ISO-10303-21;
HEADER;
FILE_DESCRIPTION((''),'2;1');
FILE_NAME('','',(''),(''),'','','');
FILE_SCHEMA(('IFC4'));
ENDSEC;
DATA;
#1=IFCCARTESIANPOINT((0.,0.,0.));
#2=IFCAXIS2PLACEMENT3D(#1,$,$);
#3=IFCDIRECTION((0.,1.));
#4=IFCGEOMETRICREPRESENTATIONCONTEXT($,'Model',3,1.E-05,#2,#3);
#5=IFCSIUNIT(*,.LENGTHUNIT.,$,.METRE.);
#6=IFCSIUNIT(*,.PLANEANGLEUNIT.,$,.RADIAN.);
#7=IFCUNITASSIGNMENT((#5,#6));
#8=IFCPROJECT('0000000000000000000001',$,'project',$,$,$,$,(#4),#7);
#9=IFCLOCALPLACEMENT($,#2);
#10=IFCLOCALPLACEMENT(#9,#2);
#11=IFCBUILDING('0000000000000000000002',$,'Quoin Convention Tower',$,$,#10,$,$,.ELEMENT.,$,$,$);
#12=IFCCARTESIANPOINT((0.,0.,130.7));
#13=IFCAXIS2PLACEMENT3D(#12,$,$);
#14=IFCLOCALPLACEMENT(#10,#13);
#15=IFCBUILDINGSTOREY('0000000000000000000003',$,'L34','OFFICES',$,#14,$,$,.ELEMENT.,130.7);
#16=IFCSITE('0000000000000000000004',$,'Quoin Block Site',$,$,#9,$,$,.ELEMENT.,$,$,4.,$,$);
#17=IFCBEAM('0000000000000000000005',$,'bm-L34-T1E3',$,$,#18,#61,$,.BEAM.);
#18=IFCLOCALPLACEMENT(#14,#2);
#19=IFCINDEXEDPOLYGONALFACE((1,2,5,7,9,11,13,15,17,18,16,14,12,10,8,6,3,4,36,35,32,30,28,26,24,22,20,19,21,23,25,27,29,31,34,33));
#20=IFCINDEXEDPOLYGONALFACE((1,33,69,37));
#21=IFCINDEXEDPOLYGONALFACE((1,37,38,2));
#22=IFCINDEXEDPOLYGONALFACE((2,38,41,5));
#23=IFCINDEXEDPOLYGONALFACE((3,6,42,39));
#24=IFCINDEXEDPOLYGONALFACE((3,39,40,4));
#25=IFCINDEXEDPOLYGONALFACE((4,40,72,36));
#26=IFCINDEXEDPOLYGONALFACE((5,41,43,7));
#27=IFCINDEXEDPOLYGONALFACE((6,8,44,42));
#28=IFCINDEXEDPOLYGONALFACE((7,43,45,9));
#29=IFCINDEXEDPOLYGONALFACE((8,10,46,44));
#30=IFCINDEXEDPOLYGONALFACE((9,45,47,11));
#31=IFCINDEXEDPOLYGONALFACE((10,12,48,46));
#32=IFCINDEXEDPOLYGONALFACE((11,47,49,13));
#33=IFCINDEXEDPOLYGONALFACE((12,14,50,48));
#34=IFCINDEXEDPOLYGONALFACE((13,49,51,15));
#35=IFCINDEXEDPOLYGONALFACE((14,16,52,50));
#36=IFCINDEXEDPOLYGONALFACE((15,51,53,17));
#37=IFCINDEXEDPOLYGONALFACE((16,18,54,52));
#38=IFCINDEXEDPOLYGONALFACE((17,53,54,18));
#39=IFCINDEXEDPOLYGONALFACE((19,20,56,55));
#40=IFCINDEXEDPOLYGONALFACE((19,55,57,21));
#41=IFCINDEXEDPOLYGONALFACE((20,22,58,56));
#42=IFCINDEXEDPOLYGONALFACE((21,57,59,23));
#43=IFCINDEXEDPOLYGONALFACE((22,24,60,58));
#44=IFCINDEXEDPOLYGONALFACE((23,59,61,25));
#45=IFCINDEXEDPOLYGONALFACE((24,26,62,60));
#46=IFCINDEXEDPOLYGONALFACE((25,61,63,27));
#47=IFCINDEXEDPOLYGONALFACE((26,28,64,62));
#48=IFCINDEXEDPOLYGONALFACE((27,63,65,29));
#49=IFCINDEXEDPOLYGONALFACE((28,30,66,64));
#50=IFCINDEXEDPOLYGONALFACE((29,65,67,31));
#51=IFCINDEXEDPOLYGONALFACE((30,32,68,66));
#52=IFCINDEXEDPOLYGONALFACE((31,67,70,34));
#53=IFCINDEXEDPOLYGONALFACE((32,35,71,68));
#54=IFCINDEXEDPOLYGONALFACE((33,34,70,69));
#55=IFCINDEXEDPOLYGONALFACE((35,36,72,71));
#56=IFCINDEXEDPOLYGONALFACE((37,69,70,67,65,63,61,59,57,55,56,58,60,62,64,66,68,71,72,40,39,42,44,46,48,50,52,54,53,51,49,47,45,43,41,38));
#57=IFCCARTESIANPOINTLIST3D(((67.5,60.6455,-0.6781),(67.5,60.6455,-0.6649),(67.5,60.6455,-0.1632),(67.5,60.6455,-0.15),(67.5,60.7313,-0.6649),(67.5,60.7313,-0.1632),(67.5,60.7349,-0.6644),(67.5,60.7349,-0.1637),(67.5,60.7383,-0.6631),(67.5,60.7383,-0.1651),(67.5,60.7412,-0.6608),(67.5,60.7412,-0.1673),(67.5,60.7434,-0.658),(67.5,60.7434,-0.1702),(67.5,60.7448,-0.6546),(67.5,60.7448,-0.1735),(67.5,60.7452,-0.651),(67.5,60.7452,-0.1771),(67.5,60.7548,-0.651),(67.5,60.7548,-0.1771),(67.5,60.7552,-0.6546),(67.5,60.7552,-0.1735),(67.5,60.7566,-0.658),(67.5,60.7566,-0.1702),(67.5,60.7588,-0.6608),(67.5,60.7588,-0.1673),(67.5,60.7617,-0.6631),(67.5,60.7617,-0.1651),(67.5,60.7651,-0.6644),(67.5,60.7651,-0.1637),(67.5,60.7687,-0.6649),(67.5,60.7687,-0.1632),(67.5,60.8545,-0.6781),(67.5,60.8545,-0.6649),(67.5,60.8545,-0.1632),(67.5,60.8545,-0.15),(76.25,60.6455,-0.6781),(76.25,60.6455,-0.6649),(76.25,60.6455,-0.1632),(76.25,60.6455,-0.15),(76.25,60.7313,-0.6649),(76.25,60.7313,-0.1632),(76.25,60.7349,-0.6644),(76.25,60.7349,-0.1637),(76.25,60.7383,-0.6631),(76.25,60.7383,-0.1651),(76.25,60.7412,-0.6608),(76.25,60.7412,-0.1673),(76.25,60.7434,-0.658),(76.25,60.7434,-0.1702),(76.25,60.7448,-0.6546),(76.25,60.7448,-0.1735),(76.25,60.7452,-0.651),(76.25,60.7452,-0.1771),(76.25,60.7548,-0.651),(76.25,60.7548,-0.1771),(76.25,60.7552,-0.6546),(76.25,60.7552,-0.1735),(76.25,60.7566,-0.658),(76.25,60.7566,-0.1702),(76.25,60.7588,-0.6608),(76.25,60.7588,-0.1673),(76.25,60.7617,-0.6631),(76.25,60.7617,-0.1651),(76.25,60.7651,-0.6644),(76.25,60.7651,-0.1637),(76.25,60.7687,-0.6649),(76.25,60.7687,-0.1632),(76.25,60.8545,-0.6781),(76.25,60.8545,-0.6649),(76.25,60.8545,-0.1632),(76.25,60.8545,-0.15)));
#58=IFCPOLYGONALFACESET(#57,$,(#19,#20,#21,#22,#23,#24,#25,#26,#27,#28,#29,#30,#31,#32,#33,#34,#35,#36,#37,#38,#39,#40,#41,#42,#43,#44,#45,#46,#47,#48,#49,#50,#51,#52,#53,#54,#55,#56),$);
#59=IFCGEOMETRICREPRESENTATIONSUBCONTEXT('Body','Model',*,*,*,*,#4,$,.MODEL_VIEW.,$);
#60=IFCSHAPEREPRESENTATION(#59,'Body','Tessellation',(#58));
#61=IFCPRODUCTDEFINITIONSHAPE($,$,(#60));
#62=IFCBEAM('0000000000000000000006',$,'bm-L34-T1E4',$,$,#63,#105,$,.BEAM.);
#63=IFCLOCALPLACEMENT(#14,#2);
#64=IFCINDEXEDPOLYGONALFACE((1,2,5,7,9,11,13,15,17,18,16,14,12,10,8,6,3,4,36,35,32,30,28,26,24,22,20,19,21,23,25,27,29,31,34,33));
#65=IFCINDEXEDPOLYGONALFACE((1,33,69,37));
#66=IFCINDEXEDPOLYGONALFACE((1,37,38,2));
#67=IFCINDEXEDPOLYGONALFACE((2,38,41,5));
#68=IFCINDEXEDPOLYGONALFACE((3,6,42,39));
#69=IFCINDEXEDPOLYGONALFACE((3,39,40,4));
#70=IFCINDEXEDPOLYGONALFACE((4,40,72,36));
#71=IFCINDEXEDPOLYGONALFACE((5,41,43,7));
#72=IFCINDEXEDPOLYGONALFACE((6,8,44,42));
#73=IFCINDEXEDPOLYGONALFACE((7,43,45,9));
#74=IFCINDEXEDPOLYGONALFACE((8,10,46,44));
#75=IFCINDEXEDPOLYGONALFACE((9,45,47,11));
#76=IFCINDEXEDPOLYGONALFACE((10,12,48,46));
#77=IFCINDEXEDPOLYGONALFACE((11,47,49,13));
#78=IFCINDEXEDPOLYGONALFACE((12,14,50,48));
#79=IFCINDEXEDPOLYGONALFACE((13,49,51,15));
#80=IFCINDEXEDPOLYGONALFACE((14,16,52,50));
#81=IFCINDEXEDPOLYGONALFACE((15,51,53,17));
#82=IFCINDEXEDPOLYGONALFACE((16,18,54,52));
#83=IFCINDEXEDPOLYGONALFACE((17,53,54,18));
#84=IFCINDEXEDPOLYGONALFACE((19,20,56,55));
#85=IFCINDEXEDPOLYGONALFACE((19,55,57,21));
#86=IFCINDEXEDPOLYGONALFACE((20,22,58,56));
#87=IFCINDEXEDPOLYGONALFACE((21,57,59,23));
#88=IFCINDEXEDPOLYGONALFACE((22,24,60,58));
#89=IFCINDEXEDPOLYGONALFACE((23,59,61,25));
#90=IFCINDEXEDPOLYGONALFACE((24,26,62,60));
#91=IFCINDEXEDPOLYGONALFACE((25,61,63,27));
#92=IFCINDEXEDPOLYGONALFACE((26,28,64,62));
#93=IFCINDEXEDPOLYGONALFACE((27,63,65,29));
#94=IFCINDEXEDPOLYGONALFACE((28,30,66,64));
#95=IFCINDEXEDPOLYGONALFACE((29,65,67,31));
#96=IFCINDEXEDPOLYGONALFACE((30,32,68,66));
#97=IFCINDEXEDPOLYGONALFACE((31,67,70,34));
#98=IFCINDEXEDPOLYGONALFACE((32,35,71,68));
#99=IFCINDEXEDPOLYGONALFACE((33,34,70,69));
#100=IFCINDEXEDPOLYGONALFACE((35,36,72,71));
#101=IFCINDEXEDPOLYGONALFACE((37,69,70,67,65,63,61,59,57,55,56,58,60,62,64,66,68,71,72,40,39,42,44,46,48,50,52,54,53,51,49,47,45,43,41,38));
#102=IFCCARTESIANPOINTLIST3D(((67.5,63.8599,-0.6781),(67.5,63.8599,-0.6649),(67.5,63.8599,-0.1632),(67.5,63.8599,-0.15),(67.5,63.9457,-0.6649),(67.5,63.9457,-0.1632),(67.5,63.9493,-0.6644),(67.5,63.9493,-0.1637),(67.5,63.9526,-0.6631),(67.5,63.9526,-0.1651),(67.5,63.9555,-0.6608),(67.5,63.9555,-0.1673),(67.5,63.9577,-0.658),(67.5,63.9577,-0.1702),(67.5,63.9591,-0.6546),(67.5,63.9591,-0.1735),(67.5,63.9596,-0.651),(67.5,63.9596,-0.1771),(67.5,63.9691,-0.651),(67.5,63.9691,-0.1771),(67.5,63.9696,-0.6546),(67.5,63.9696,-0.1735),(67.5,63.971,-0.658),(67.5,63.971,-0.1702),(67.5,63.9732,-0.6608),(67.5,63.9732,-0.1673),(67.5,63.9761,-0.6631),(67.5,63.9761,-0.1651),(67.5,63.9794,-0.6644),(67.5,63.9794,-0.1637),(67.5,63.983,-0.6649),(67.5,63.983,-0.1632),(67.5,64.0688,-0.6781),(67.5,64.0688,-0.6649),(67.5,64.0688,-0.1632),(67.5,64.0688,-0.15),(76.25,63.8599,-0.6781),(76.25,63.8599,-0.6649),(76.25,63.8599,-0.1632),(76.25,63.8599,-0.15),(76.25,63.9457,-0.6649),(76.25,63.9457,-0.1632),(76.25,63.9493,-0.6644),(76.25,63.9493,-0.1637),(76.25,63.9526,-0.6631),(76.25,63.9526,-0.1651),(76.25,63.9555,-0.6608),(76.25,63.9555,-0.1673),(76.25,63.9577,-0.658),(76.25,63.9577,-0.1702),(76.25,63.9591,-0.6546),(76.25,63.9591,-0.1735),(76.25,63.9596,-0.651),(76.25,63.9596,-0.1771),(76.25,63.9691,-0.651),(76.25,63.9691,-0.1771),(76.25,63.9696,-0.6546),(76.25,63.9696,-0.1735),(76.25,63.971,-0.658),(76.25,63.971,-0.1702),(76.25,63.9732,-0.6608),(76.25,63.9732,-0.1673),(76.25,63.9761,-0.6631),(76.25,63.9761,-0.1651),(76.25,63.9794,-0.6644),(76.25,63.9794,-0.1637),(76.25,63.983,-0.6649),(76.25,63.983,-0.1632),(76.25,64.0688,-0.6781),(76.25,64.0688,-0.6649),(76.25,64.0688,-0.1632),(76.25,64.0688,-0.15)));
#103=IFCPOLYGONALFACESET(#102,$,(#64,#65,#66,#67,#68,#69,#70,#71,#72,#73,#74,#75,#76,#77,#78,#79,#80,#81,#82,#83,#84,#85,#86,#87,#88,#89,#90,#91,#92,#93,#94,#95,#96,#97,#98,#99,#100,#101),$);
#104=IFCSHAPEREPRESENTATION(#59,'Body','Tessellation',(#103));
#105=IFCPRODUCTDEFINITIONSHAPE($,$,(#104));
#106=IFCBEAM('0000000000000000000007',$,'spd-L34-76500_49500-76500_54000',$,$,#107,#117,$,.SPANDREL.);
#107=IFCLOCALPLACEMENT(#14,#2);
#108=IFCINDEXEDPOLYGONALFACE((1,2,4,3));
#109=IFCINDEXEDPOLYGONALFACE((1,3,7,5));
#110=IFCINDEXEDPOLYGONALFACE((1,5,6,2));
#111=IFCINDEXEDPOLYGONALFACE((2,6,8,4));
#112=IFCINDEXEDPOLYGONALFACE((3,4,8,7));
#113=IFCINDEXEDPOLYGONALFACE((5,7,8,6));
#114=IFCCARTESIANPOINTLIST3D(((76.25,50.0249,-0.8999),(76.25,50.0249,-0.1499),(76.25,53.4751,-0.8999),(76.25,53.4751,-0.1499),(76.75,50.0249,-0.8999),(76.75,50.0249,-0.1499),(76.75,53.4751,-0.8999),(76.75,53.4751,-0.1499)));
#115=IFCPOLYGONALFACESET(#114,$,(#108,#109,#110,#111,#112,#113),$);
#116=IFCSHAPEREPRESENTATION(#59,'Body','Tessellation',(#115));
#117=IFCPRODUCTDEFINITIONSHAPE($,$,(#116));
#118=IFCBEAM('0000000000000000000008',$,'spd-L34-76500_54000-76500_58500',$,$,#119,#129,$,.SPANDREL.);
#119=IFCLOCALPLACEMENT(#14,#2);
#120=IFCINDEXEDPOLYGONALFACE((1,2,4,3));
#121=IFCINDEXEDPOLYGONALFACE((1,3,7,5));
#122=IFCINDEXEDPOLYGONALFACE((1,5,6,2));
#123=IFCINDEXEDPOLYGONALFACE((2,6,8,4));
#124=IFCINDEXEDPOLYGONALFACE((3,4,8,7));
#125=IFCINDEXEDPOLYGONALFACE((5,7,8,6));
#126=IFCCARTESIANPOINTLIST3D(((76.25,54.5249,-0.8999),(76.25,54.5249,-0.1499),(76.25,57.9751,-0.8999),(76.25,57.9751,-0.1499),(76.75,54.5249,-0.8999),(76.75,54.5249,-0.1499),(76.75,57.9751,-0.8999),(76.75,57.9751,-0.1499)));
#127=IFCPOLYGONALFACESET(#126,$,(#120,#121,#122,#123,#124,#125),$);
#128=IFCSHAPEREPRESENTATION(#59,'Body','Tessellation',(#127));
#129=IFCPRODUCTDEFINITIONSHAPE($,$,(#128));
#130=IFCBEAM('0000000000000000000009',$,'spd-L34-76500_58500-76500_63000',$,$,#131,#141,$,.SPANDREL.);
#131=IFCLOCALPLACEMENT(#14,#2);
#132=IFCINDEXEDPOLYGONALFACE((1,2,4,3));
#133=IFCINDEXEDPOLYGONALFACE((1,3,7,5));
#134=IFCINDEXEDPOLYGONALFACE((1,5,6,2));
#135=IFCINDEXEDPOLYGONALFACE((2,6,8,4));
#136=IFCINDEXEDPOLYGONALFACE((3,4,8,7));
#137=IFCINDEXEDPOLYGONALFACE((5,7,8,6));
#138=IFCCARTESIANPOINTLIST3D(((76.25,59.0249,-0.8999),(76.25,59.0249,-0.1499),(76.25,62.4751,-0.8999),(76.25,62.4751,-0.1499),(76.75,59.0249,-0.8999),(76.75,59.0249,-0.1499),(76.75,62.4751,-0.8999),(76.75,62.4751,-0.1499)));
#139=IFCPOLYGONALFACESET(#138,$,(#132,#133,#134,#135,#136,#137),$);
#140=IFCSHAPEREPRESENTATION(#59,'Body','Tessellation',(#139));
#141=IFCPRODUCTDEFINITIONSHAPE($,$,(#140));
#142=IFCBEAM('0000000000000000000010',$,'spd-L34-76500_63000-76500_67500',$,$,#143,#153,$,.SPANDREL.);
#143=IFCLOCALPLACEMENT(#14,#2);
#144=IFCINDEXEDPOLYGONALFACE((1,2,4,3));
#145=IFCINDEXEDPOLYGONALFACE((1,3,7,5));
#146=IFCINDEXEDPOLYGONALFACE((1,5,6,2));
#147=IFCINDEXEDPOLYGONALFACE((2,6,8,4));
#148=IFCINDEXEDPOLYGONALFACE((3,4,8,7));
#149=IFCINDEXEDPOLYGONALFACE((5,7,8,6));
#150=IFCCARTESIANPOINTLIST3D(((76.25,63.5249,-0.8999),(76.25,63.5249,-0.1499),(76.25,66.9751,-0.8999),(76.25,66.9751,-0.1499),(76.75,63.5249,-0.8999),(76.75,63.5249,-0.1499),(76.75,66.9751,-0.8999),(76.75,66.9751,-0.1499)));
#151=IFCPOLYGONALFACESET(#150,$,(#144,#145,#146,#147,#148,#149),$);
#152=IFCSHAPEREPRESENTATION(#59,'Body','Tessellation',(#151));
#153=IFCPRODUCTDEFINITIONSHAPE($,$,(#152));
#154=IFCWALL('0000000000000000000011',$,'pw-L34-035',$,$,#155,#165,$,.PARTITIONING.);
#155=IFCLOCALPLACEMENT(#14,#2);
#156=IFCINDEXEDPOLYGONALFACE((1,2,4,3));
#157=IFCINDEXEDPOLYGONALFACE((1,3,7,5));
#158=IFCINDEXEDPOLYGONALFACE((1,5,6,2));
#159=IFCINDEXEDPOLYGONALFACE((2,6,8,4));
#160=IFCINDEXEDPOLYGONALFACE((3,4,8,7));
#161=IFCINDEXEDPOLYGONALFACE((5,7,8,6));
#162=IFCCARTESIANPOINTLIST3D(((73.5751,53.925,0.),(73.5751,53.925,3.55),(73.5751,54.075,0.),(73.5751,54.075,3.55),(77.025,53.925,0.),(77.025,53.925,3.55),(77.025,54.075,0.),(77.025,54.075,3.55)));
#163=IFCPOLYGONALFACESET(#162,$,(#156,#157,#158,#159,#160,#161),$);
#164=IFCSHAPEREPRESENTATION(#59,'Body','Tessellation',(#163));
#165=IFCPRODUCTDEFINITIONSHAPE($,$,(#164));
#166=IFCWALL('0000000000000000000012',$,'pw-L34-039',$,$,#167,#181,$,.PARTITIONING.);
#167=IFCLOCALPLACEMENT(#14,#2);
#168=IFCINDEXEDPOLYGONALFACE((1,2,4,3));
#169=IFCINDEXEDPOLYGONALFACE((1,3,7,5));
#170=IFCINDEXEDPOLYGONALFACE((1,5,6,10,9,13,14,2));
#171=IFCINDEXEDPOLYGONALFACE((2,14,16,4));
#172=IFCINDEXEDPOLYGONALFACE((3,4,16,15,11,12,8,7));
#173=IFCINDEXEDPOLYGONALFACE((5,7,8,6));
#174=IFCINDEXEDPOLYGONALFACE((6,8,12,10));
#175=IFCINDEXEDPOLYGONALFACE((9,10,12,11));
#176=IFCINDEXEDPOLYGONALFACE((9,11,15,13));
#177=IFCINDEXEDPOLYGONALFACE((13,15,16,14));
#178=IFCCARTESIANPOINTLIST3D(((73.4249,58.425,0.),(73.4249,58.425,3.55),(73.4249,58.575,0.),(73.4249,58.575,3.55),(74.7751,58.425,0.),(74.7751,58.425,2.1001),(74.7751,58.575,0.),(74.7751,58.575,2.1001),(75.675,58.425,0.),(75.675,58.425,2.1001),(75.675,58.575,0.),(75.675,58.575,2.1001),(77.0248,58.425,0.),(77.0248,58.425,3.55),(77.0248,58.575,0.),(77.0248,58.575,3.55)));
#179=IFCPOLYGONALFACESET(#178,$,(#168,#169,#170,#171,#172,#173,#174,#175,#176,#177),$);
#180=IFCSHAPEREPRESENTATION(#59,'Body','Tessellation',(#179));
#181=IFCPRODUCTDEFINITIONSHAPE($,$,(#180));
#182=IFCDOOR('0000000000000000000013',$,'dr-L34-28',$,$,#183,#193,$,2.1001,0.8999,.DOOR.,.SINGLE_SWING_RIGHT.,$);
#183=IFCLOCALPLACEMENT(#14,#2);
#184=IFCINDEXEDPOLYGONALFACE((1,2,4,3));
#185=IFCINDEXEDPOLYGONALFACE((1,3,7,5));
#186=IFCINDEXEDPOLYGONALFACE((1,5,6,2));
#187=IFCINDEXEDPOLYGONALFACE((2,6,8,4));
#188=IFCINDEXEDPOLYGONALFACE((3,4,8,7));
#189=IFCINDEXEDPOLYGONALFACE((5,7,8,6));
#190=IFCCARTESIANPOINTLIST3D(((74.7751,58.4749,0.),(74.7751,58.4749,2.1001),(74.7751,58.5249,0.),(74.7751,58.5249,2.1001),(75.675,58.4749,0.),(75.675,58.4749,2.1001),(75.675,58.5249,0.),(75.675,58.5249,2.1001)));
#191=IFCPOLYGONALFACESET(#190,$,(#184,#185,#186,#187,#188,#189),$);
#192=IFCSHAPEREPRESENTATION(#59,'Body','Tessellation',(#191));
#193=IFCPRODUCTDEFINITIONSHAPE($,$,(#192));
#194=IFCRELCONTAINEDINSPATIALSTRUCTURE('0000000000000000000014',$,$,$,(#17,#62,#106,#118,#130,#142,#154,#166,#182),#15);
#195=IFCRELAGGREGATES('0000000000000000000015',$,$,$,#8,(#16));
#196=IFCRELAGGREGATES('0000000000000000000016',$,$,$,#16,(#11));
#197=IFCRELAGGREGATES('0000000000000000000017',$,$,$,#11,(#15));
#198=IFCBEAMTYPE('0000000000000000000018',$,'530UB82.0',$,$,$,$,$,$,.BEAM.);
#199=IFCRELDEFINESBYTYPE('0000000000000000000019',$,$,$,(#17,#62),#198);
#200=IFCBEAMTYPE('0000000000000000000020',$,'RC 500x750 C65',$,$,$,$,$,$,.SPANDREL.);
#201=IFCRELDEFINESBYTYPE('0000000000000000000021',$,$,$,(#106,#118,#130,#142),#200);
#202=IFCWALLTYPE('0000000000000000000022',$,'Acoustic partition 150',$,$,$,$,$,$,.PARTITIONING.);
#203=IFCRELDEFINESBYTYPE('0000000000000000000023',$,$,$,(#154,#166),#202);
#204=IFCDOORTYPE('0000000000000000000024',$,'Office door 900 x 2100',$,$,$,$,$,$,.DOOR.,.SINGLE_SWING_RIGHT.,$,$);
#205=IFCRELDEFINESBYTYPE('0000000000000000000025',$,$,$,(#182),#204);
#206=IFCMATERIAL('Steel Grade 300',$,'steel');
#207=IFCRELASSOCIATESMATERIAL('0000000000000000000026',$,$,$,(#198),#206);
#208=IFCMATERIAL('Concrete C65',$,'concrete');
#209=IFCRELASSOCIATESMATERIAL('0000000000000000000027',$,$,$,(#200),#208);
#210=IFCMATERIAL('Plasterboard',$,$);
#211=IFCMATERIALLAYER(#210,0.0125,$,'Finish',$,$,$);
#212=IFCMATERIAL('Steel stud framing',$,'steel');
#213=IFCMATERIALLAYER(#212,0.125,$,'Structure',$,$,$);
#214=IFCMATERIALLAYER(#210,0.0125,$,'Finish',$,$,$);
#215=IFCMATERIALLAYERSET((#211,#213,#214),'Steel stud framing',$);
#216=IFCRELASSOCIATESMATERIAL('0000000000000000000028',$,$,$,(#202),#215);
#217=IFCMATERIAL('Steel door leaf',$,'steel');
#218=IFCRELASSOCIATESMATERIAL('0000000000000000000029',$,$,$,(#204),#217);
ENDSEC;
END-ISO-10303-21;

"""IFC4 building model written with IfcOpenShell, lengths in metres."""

from ifc_helpers import new_model, si_unit, direction, frame, frame_2d, origin, origin_2d, place, context, subcontext, project, spatial, rectangle, i_section, extrude, material, layer, layer_set, material_profile, profile_set, type_object, element, fill, save


model = new_model("IFC4")

# Units and contexts
model_context = context("Model", 3, precision=1e-05, world=origin(), true_north=direction((0.0, 1.0)))
body_context = subcontext(model_context, "Body", "Model", "MODEL_VIEW")
ifc_project = project(units=[si_unit("LENGTHUNIT", "METRE"), si_unit("PLANEANGLEUNIT", "RADIAN")], contexts=[model_context])

# Site, building, storey
site_placement = place(None, origin())
site = spatial("IfcSite", under=ifc_project, at=site_placement, Name="Quoin Block Site", CompositionType="ELEMENT", RefElevation=4.0)
building_placement = place(site_placement, origin())
building = spatial("IfcBuilding", under=site, at=building_placement, Name="Quoin Convention Tower", CompositionType="ELEMENT")
storey_placement = place(building_placement, frame((0.0, 0.0, 130.7)))
storey = spatial("IfcBuildingStorey", under=building, at=storey_placement, Name="L34", Description="OFFICES", CompositionType="ELEMENT", Elevation=130.7)

# Shared definitions
ifc_material_1 = material(Name="Concrete C65", Category="concrete")

# Beams
ifc_material_2 = material(Name="Steel Grade 300", Category="steel")
ifc_material_profile_1 = material_profile(ifc_material_2, i_section(OverallWidth=0.209, OverallDepth=0.5281, WebThickness=0.0095, FlangeThickness=0.0132, FilletRadius=0.0139, at=origin_2d()), Name="530UB82.0")
ifc_profile_set_1 = profile_set([ifc_material_profile_1], Name="Steel Grade 300")
beam_type_1 = type_object("IfcBeamType", Name="530UB82.0", PredefinedType="BEAM", material=ifc_profile_set_1)
for number, where, z_axis, x_axis, name in (
    (1, (67.5, 60.75, -0.4141), (1.0, 0.0, 0.0), (0.0, 1.0, 0.0), "bm-L34-T1E3"),
    (2, (67.5, 63.9644, -0.4141), (1.0, 0.0, 0.0), (0.0, 1.0, 0.0), "bm-L34-T1E4"),
):
    element("IfcBeam", number, at=place(storey_placement, frame(where, z_axis=z_axis, x_axis=x_axis)), inside=storey, type_object=beam_type_1, Name=name, PredefinedType="BEAM", context=body_context, shape_type="SweptSolid", body=[
        extrude(i_section(OverallWidth=0.209, OverallDepth=0.5281, WebThickness=0.0095, FlangeThickness=0.0132, FilletRadius=0.0139, at=origin_2d()), origin(), (0.0, 0.0, 1.0), 8.75),
    ])
ifc_material_profile_2 = material_profile(ifc_material_1, rectangle(XDim=0.5, YDim=0.75, at=origin_2d()), Name="RC 500x750")
ifc_profile_set_2 = profile_set([ifc_material_profile_2], Name="Concrete C65")
beam_type_2 = type_object("IfcBeamType", Name="RC 500x750 C65", PredefinedType="SPANDREL", material=ifc_profile_set_2)
for number, where, z_axis, x_axis, name in (
    (3, (76.5, 50.0249, -0.5249), (0.0, 1.0, 0.0), (-1.0, 0.0, 0.0), "spd-L34-76500_49500-76500_54000"),
    (4, (76.5, 54.5249, -0.5249), (0.0, 1.0, 0.0), (-1.0, 0.0, 0.0), "spd-L34-76500_54000-76500_58500"),
    (5, (76.5, 59.0249, -0.5249), (0.0, 1.0, 0.0), (-1.0, 0.0, 0.0), "spd-L34-76500_58500-76500_63000"),
    (6, (76.5, 63.5249, -0.5249), (0.0, 1.0, 0.0), (-1.0, 0.0, 0.0), "spd-L34-76500_63000-76500_67500"),
):
    element("IfcBeam", number, at=place(storey_placement, frame(where, z_axis=z_axis, x_axis=x_axis)), inside=storey, type_object=beam_type_2, Name=name, PredefinedType="SPANDREL", context=body_context, shape_type="SweptSolid", body=[
        extrude(rectangle(XDim=0.5, YDim=0.75, at=origin_2d()), origin(), (0.0, 0.0, 1.0), 3.4502),
    ])

# Wall
ifc_material_3 = material(Name="Plasterboard")
ifc_layer_1 = layer(ifc_material_3, 0.0125, Name="Finish")
ifc_material_4 = material(Name="Steel stud framing", Category="steel")
ifc_layer_2 = layer(ifc_material_4, 0.125, Name="Structure")
ifc_layer_3 = layer(ifc_material_3, 0.0125, Name="Finish")
ifc_layer_set_1 = layer_set([ifc_layer_1, ifc_layer_2, ifc_layer_3], Name="Steel stud framing")
wall_type_1 = type_object("IfcWallType", Name="Acoustic partition 150", PredefinedType="PARTITIONING", material=ifc_layer_set_1)
wall_1_placement = place(storey_placement, frame((73.575, 54.0, 0.0), z_axis=(0.0, 0.0, 1.0), x_axis=(1.0, 0.0, 0.0)))
element("IfcWall", 7, at=wall_1_placement, inside=storey, type_object=wall_type_1, Name="pw-L34-035", PredefinedType="PARTITIONING", context=body_context, shape_type="SweptSolid", body=[
    extrude(rectangle(XDim=3.45, YDim=0.1499, at=frame_2d((1.7251, 0.0))), origin(), (0.0, 0.0, 1.0), 3.55),
])

# Wall, opening, door
wall_2_placement = place(storey_placement, frame((73.425, 58.5, 0.0), z_axis=(0.0, 0.0, 1.0), x_axis=(1.0, 0.0, 0.0)))
wall_2 = element("IfcWall", 8, at=wall_2_placement, inside=storey, type_object=wall_type_1, Name="pw-L34-039", PredefinedType="PARTITIONING", context=body_context, shape_type="SweptSolid", body=[
    extrude(rectangle(XDim=3.5999, YDim=0.1499, at=frame_2d((1.7998, 0.0))), origin(), (0.0, 0.0, 1.0), 3.55),
])
opening_1_placement = place(wall_2_placement, frame((1.3501, 0.0, 0.0)))
opening_1 = element("IfcOpeningElement", 9, at=opening_1_placement, cuts=wall_2, PredefinedType="OPENING", context=body_context, shape_type="SweptSolid", body=[
    extrude(rectangle(XDim=0.8999, YDim=2.1001, at=frame_2d((0.45, 1.05))), frame((0.0, 0.085, 0.0), z_axis=(0.0, -1.0, 0.0), x_axis=(1.0, 0.0, 0.0)), (0.0, 0.0, 1.0), 0.1699),
])
ifc_material_5 = material(Name="Steel door leaf", Category="steel")
door_type_1 = type_object("IfcDoorType", Name="Office door 900 x 2100", OperationType="SINGLE_SWING_RIGHT", PredefinedType="DOOR", material=ifc_material_5)
door_1_placement = place(opening_1_placement, origin())
door_1 = element("IfcDoor", 10, at=door_1_placement, inside=storey, type_object=door_type_1, Name="dr-L34-28", OperationType="SINGLE_SWING_RIGHT", OverallHeight=2.1001, OverallWidth=0.8999, PredefinedType="DOOR", context=body_context, shape_type="SweptSolid", body=[
    extrude(rectangle(XDim=0.8999, YDim=2.1001, at=frame_2d((0.45, 1.05))), frame((0.0, 0.0249, 0.0), z_axis=(0.0, -1.0, 0.0), x_axis=(1.0, 0.0, 0.0)), (0.0, 0.0, 1.0), 0.05),
])
fill(opening_1, door_1)

save(model, "model.ifc")
